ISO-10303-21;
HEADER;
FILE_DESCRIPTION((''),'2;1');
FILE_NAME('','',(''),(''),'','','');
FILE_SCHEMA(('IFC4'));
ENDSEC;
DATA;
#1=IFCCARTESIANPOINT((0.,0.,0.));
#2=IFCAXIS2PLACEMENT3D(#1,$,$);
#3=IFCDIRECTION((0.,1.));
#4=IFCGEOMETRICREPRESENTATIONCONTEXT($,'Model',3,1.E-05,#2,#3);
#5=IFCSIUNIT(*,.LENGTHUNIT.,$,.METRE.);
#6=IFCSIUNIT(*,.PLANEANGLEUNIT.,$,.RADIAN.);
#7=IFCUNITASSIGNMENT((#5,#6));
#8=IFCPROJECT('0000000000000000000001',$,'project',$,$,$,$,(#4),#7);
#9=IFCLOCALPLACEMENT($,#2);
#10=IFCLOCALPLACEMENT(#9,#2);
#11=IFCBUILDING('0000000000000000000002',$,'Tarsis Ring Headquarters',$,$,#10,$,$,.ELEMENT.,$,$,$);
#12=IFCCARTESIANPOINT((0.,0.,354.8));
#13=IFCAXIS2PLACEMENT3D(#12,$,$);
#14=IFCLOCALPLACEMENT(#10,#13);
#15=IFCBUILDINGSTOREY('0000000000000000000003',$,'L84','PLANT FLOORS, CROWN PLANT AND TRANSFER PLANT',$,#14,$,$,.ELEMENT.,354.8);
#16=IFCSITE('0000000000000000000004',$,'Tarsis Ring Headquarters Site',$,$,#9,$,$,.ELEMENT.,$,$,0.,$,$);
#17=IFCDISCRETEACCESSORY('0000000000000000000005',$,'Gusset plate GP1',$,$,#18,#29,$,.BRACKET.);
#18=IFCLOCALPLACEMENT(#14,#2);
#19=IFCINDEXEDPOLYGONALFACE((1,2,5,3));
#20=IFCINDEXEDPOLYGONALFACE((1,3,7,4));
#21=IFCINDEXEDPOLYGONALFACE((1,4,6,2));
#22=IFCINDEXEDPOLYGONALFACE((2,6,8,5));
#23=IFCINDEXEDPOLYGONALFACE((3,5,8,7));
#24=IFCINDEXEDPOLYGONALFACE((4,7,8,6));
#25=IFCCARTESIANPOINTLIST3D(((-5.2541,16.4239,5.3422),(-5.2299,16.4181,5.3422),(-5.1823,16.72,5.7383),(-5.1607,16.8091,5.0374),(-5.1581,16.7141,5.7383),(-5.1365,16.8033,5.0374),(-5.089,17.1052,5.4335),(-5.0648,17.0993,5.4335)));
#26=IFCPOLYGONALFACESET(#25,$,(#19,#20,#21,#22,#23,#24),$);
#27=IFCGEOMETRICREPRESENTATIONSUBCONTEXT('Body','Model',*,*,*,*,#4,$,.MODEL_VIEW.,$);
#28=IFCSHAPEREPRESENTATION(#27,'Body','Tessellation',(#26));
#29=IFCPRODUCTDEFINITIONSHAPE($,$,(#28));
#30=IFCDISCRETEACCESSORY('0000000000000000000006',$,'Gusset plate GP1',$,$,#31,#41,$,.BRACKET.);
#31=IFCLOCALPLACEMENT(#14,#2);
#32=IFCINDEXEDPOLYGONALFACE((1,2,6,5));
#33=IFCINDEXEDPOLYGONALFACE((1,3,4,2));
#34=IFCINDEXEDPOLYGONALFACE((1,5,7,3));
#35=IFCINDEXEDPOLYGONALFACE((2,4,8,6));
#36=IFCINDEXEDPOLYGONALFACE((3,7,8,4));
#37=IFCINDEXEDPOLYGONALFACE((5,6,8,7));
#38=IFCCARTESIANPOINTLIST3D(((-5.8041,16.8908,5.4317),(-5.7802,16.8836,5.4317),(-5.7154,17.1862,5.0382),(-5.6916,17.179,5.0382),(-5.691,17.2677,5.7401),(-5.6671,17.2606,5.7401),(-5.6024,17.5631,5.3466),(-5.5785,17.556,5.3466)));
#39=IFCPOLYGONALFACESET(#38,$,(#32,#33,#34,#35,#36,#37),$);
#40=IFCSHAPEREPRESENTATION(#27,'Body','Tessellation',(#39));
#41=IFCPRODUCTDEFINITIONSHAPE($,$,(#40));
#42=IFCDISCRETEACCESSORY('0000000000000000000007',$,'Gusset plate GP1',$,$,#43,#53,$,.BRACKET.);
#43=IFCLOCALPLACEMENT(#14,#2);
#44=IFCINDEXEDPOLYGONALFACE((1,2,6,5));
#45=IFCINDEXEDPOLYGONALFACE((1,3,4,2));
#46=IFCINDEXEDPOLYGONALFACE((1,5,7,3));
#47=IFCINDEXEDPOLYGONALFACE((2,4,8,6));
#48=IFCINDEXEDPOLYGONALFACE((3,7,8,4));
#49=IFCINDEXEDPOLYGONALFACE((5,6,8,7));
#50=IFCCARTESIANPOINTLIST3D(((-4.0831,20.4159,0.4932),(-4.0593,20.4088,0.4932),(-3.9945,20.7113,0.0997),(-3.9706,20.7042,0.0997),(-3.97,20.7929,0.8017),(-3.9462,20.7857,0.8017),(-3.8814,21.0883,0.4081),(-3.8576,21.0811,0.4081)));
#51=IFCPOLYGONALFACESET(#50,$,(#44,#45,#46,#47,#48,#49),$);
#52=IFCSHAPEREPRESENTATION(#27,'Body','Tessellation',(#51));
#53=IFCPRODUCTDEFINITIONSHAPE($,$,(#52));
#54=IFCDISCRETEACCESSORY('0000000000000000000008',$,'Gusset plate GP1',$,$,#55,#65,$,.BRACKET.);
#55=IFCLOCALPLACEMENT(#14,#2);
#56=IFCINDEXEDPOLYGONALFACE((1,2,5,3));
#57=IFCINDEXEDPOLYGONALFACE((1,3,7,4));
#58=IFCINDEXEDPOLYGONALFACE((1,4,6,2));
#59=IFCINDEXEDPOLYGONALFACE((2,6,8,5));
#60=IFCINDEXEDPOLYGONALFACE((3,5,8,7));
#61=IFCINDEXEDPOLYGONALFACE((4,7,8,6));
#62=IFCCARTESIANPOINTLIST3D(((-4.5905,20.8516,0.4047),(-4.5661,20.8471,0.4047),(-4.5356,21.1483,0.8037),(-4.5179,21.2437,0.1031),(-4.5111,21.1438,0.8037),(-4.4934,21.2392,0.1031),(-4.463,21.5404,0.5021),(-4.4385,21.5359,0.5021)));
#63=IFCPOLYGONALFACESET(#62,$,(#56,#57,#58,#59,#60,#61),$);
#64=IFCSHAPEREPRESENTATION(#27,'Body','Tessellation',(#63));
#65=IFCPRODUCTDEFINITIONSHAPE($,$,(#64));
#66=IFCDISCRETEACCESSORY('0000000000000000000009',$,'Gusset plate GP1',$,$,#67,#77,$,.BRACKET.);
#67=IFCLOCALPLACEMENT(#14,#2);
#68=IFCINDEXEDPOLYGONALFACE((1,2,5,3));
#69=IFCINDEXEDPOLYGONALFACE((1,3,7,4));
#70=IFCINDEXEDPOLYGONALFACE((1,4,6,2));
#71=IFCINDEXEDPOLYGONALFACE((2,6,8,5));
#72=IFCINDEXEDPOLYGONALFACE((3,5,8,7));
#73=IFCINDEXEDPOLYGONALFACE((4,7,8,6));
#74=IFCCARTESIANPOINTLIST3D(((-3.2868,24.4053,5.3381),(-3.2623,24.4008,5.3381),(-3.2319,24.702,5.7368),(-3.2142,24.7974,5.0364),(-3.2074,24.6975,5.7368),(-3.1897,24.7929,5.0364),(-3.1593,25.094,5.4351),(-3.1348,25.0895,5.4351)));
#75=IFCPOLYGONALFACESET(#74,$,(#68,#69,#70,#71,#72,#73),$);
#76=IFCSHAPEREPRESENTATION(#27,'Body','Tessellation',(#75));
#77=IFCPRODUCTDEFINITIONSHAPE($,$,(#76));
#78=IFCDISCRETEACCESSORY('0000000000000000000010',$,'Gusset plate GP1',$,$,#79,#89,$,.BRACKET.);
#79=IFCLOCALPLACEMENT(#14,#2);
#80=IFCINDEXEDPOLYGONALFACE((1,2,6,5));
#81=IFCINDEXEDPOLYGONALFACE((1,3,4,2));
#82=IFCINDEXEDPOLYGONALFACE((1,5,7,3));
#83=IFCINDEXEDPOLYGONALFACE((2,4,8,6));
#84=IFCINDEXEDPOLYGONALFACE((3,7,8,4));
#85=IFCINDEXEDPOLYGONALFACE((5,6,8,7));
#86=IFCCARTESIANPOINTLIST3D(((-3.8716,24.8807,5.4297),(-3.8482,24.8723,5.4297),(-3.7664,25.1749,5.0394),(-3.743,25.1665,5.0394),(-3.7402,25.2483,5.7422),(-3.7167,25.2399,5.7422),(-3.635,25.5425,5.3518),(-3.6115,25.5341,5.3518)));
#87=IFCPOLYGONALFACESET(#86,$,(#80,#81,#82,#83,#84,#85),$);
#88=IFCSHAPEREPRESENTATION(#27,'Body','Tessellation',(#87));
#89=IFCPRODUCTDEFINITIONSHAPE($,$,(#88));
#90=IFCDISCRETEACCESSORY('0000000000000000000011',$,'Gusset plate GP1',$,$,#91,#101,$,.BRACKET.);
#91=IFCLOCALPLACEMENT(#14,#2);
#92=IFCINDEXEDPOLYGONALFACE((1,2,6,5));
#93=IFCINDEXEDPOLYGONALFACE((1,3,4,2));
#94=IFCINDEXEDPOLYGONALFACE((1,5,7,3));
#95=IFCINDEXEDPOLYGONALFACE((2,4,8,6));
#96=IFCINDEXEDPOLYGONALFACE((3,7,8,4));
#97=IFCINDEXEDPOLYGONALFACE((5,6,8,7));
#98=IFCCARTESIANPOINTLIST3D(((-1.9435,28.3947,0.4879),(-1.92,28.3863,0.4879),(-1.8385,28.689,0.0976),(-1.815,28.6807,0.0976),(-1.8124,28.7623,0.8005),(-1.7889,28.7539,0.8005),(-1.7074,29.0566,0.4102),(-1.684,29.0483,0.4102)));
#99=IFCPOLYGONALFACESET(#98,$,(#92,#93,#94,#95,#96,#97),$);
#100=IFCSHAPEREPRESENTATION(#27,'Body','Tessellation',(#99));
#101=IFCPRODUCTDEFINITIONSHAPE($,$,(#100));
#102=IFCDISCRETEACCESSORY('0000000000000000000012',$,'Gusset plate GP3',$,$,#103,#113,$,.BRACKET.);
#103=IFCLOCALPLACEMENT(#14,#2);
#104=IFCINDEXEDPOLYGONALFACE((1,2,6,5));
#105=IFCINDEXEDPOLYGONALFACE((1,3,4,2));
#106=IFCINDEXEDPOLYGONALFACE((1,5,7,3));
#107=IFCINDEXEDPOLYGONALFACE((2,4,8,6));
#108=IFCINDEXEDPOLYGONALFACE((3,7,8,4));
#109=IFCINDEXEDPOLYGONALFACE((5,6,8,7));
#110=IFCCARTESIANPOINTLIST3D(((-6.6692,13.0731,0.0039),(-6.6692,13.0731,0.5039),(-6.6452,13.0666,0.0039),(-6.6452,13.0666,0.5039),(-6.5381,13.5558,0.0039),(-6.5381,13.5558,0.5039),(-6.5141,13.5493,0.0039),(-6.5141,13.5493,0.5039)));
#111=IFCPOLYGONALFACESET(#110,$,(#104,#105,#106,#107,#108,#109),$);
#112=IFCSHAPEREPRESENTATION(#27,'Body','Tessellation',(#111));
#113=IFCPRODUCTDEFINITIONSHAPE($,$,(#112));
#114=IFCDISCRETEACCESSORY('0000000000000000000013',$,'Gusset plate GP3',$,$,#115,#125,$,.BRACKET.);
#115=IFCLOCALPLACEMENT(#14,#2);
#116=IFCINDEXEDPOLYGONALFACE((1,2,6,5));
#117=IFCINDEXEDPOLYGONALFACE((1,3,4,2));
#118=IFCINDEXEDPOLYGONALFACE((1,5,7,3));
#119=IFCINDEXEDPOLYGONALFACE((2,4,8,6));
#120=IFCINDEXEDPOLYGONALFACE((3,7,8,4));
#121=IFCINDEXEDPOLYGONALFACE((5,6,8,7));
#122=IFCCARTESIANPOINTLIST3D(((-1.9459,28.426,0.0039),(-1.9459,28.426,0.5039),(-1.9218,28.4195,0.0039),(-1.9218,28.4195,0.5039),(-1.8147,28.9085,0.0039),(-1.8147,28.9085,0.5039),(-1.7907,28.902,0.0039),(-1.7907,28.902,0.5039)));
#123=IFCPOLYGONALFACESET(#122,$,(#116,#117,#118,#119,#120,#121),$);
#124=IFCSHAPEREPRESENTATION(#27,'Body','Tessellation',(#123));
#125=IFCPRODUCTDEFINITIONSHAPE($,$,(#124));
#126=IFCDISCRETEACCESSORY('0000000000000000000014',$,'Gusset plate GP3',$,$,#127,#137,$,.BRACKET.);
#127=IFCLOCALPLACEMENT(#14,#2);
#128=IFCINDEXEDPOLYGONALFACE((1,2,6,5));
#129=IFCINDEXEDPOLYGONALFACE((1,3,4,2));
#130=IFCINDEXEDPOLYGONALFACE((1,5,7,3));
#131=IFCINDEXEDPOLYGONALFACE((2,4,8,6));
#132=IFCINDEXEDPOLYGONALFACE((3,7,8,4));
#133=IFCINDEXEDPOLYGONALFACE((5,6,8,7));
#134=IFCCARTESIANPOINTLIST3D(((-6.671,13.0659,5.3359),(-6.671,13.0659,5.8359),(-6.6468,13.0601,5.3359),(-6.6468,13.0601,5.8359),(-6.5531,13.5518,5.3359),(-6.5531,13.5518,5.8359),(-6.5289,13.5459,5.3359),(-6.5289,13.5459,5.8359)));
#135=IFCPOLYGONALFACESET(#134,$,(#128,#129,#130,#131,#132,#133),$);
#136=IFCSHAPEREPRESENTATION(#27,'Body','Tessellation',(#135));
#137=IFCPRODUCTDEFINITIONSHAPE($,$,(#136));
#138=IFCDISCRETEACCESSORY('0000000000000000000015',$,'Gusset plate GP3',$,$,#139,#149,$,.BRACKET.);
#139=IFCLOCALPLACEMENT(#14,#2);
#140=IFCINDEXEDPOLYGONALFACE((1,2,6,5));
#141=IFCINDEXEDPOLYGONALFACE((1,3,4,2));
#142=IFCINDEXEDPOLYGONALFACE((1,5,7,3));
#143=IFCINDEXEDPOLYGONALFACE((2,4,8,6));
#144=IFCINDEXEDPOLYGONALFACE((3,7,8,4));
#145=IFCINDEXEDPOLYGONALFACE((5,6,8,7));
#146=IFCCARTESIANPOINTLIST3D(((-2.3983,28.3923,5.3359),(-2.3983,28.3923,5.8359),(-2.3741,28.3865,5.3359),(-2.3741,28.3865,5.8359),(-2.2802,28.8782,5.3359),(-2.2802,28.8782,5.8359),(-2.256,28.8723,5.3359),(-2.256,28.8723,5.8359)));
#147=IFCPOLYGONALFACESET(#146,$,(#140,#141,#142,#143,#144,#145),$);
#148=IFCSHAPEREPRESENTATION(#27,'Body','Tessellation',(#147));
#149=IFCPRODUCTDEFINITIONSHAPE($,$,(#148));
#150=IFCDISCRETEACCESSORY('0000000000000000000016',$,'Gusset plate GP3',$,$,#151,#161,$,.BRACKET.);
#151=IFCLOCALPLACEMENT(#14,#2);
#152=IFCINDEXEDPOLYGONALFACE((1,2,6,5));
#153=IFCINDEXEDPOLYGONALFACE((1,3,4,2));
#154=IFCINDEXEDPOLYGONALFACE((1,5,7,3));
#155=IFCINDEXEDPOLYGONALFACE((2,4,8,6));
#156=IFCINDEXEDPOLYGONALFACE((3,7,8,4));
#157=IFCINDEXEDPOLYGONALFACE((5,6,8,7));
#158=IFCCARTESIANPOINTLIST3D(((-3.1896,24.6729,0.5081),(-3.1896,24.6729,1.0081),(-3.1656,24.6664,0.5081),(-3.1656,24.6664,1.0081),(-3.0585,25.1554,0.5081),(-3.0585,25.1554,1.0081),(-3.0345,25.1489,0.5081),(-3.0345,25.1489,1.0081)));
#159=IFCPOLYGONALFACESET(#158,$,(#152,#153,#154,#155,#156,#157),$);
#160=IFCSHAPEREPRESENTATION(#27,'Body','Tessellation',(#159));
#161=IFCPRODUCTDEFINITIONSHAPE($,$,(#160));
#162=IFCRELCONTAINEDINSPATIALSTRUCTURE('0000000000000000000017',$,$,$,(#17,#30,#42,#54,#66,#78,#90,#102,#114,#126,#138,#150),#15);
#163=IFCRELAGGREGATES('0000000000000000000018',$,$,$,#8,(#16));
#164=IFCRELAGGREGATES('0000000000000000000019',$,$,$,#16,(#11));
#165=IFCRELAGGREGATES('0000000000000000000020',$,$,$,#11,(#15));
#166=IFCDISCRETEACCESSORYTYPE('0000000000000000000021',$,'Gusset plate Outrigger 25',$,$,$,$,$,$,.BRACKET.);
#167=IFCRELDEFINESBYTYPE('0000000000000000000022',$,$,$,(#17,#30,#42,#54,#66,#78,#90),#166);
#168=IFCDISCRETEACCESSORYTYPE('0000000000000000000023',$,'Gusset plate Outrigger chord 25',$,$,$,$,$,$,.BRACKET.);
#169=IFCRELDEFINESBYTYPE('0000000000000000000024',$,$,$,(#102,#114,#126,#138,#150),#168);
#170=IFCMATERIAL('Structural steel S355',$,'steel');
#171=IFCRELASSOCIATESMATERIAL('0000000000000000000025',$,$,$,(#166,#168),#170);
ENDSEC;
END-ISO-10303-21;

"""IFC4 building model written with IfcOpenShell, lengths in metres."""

from ifc_helpers import new_model, si_unit, direction, frame, origin, origin_2d, place, context, subcontext, project, spatial, rectangle, extrude, material, material_profile, profile_set, type_object, element, save


model = new_model("IFC4")

# Units and contexts
model_context = context("Model", 3, precision=1e-05, world=origin(), true_north=direction((0.0, 1.0)))
body_context = subcontext(model_context, "Body", "Model", "MODEL_VIEW")
ifc_project = project(units=[si_unit("LENGTHUNIT", "METRE"), si_unit("PLANEANGLEUNIT", "RADIAN")], contexts=[model_context])

# Site, building, storey
site_placement = place(None, origin())
site = spatial("IfcSite", under=ifc_project, at=site_placement, Name="Tarsis Ring Headquarters Site", CompositionType="ELEMENT", RefElevation=0.0)
building_placement = place(site_placement, origin())
building = spatial("IfcBuilding", under=site, at=building_placement, Name="Tarsis Ring Headquarters", CompositionType="ELEMENT")
storey_placement = place(building_placement, frame((0.0, 0.0, 354.8)))
storey = spatial("IfcBuildingStorey", under=building, at=storey_placement, Name="L84", Description="PLANT FLOORS, CROWN PLANT AND TRANSFER PLANT", CompositionType="ELEMENT", Elevation=354.8)

# Shared definitions
ifc_material_1 = material(Name="Structural steel S355", Category="steel")

# Discrete accessories
ifc_material_profile_1 = material_profile(ifc_material_1, rectangle(XDim=0.0249, YDim=0.5, at=origin_2d()), Name="PL 25x500")
ifc_profile_set_1 = profile_set([ifc_material_profile_1], Name="Structural steel S355")
discrete_accessory_type_1 = type_object("IfcDiscreteAccessoryType", Name="Gusset plate Outrigger 25", PredefinedType="BRACKET", material=ifc_profile_set_1)
discrete_accessory_1_placement = place(storey_placement, frame((-5.1235, 16.9097, 5.5859), z_axis=(-0.143595, -0.592453, -0.792704), x_axis=(0.971861, -0.235554, 0.0)))
element("IfcDiscreteAccessory", 1, at=discrete_accessory_1_placement, inside=storey, type_object=discrete_accessory_type_1, Name="Gusset plate GP1", PredefinedType="BRACKET", context=body_context, shape_type="SweptSolid", body=[
    extrude(rectangle(XDim=0.0249, YDim=0.5, at=origin_2d()), origin(), (0.0, 0.0, 1.0), 0.4998),
])
for number, where, z_axis, x_axis, name in (
    (2, (-5.7356, 17.0757, 5.5859), (0.177244, 0.590813, -0.787099), (-0.957826, 0.287348, 0.0), "Gusset plate GP1"),
    (3, (-3.926, 20.8962, 0.2539), (-0.177244, -0.590813, 0.787099), (0.957826, -0.287348, 0.0), "Gusset plate GP1"),
):
    element("IfcDiscreteAccessory", number, at=place(storey_placement, frame(where, z_axis=z_axis, x_axis=x_axis)), inside=storey, type_object=discrete_accessory_type_1, Name=name, PredefinedType="BRACKET", context=body_context, shape_type="SweptSolid", body=[
        extrude(rectangle(XDim=0.0249, YDim=0.5, at=origin_2d()), origin(), (0.0, 0.0, 1.0), 0.5),
    ])
discrete_accessory_2_placement = place(storey_placement, frame((-4.542, 21.0454, 0.2539), z_axis=(0.109831, 0.593085, 0.797614), x_axis=(-0.983282, 0.182089, 0.0)))
element("IfcDiscreteAccessory", 4, at=discrete_accessory_2_placement, inside=storey, type_object=discrete_accessory_type_1, Name="Gusset plate GP1", PredefinedType="BRACKET", context=body_context, shape_type="SweptSolid", body=[
    extrude(rectangle(XDim=0.0249, YDim=0.5, at=origin_2d()), origin(), (0.0, 0.0, 1.0), 0.5002),
])
for number, where, z_axis, x_axis, name in (
    (5, (-3.1833, 24.8958, 5.5859), (-0.109873, -0.593316, -0.797436), (0.983282, -0.182089, 0.0), "Gusset plate GP1"),
    (6, (-3.7942, 25.0603, 5.5859), (0.210442, 0.588359, -0.780735), (-0.941583, 0.336782, 0.0), "Gusset plate GP1"),
    (7, (-1.7612, 28.8687, 0.2539), (-0.209915, -0.588739, 0.780591), (0.941918, -0.335842, 0.0), "Gusset plate GP1"),
):
    element("IfcDiscreteAccessory", number, at=place(storey_placement, frame(where, z_axis=z_axis, x_axis=x_axis)), inside=storey, type_object=discrete_accessory_type_1, Name=name, PredefinedType="BRACKET", context=body_context, shape_type="SweptSolid", body=[
        extrude(rectangle(XDim=0.0249, YDim=0.5, at=origin_2d()), origin(), (0.0, 0.0, 1.0), 0.5),
    ])
discrete_accessory_type_2 = type_object("IfcDiscreteAccessoryType", Name="Gusset plate Outrigger chord 25", PredefinedType="BRACKET", material=ifc_profile_set_1)
discrete_accessory_3_placement = place(storey_placement, frame((-6.6572, 13.0698, 0.2539), z_axis=(0.262126, 0.965034, 0.0), x_axis=(-0.965034, 0.262126, 0.0)))
element("IfcDiscreteAccessory", 8, at=discrete_accessory_3_placement, inside=storey, type_object=discrete_accessory_type_2, Name="Gusset plate GP3", PredefinedType="BRACKET", context=body_context, shape_type="SweptSolid", body=[
    extrude(rectangle(XDim=0.0249, YDim=0.5, at=origin_2d()), origin(), (0.0, 0.0, 1.0), 0.5002),
])
for number, where, z_axis, x_axis, name in (
    (9, (-1.8027, 28.9053, 0.2539), (-0.26225, -0.965, 0.0), (0.965, -0.26225, 0.0), "Gusset plate GP3"),
    (10, (-6.6589, 13.063, 5.5859), (0.235866, 0.971786, 0.0), (-0.971786, 0.235866, 0.0), "Gusset plate GP3"),
    (11, (-2.2681, 28.8752, 5.5859), (-0.236327, -0.971674, 0.0), (0.971674, -0.236327, 0.0), "Gusset plate GP3"),
    (12, (-3.1121, 24.9109, 0.5081), (0.0, 0.0, 1.0), (0.965021, -0.262172, 0.0), "Gusset plate GP3"),
):
    element("IfcDiscreteAccessory", number, at=place(storey_placement, frame(where, z_axis=z_axis, x_axis=x_axis)), inside=storey, type_object=discrete_accessory_type_2, Name=name, PredefinedType="BRACKET", context=body_context, shape_type="SweptSolid", body=[
        extrude(rectangle(XDim=0.0249, YDim=0.5, at=origin_2d()), origin(), (0.0, 0.0, 1.0), 0.5),
    ])

save(model, "model.ifc")
